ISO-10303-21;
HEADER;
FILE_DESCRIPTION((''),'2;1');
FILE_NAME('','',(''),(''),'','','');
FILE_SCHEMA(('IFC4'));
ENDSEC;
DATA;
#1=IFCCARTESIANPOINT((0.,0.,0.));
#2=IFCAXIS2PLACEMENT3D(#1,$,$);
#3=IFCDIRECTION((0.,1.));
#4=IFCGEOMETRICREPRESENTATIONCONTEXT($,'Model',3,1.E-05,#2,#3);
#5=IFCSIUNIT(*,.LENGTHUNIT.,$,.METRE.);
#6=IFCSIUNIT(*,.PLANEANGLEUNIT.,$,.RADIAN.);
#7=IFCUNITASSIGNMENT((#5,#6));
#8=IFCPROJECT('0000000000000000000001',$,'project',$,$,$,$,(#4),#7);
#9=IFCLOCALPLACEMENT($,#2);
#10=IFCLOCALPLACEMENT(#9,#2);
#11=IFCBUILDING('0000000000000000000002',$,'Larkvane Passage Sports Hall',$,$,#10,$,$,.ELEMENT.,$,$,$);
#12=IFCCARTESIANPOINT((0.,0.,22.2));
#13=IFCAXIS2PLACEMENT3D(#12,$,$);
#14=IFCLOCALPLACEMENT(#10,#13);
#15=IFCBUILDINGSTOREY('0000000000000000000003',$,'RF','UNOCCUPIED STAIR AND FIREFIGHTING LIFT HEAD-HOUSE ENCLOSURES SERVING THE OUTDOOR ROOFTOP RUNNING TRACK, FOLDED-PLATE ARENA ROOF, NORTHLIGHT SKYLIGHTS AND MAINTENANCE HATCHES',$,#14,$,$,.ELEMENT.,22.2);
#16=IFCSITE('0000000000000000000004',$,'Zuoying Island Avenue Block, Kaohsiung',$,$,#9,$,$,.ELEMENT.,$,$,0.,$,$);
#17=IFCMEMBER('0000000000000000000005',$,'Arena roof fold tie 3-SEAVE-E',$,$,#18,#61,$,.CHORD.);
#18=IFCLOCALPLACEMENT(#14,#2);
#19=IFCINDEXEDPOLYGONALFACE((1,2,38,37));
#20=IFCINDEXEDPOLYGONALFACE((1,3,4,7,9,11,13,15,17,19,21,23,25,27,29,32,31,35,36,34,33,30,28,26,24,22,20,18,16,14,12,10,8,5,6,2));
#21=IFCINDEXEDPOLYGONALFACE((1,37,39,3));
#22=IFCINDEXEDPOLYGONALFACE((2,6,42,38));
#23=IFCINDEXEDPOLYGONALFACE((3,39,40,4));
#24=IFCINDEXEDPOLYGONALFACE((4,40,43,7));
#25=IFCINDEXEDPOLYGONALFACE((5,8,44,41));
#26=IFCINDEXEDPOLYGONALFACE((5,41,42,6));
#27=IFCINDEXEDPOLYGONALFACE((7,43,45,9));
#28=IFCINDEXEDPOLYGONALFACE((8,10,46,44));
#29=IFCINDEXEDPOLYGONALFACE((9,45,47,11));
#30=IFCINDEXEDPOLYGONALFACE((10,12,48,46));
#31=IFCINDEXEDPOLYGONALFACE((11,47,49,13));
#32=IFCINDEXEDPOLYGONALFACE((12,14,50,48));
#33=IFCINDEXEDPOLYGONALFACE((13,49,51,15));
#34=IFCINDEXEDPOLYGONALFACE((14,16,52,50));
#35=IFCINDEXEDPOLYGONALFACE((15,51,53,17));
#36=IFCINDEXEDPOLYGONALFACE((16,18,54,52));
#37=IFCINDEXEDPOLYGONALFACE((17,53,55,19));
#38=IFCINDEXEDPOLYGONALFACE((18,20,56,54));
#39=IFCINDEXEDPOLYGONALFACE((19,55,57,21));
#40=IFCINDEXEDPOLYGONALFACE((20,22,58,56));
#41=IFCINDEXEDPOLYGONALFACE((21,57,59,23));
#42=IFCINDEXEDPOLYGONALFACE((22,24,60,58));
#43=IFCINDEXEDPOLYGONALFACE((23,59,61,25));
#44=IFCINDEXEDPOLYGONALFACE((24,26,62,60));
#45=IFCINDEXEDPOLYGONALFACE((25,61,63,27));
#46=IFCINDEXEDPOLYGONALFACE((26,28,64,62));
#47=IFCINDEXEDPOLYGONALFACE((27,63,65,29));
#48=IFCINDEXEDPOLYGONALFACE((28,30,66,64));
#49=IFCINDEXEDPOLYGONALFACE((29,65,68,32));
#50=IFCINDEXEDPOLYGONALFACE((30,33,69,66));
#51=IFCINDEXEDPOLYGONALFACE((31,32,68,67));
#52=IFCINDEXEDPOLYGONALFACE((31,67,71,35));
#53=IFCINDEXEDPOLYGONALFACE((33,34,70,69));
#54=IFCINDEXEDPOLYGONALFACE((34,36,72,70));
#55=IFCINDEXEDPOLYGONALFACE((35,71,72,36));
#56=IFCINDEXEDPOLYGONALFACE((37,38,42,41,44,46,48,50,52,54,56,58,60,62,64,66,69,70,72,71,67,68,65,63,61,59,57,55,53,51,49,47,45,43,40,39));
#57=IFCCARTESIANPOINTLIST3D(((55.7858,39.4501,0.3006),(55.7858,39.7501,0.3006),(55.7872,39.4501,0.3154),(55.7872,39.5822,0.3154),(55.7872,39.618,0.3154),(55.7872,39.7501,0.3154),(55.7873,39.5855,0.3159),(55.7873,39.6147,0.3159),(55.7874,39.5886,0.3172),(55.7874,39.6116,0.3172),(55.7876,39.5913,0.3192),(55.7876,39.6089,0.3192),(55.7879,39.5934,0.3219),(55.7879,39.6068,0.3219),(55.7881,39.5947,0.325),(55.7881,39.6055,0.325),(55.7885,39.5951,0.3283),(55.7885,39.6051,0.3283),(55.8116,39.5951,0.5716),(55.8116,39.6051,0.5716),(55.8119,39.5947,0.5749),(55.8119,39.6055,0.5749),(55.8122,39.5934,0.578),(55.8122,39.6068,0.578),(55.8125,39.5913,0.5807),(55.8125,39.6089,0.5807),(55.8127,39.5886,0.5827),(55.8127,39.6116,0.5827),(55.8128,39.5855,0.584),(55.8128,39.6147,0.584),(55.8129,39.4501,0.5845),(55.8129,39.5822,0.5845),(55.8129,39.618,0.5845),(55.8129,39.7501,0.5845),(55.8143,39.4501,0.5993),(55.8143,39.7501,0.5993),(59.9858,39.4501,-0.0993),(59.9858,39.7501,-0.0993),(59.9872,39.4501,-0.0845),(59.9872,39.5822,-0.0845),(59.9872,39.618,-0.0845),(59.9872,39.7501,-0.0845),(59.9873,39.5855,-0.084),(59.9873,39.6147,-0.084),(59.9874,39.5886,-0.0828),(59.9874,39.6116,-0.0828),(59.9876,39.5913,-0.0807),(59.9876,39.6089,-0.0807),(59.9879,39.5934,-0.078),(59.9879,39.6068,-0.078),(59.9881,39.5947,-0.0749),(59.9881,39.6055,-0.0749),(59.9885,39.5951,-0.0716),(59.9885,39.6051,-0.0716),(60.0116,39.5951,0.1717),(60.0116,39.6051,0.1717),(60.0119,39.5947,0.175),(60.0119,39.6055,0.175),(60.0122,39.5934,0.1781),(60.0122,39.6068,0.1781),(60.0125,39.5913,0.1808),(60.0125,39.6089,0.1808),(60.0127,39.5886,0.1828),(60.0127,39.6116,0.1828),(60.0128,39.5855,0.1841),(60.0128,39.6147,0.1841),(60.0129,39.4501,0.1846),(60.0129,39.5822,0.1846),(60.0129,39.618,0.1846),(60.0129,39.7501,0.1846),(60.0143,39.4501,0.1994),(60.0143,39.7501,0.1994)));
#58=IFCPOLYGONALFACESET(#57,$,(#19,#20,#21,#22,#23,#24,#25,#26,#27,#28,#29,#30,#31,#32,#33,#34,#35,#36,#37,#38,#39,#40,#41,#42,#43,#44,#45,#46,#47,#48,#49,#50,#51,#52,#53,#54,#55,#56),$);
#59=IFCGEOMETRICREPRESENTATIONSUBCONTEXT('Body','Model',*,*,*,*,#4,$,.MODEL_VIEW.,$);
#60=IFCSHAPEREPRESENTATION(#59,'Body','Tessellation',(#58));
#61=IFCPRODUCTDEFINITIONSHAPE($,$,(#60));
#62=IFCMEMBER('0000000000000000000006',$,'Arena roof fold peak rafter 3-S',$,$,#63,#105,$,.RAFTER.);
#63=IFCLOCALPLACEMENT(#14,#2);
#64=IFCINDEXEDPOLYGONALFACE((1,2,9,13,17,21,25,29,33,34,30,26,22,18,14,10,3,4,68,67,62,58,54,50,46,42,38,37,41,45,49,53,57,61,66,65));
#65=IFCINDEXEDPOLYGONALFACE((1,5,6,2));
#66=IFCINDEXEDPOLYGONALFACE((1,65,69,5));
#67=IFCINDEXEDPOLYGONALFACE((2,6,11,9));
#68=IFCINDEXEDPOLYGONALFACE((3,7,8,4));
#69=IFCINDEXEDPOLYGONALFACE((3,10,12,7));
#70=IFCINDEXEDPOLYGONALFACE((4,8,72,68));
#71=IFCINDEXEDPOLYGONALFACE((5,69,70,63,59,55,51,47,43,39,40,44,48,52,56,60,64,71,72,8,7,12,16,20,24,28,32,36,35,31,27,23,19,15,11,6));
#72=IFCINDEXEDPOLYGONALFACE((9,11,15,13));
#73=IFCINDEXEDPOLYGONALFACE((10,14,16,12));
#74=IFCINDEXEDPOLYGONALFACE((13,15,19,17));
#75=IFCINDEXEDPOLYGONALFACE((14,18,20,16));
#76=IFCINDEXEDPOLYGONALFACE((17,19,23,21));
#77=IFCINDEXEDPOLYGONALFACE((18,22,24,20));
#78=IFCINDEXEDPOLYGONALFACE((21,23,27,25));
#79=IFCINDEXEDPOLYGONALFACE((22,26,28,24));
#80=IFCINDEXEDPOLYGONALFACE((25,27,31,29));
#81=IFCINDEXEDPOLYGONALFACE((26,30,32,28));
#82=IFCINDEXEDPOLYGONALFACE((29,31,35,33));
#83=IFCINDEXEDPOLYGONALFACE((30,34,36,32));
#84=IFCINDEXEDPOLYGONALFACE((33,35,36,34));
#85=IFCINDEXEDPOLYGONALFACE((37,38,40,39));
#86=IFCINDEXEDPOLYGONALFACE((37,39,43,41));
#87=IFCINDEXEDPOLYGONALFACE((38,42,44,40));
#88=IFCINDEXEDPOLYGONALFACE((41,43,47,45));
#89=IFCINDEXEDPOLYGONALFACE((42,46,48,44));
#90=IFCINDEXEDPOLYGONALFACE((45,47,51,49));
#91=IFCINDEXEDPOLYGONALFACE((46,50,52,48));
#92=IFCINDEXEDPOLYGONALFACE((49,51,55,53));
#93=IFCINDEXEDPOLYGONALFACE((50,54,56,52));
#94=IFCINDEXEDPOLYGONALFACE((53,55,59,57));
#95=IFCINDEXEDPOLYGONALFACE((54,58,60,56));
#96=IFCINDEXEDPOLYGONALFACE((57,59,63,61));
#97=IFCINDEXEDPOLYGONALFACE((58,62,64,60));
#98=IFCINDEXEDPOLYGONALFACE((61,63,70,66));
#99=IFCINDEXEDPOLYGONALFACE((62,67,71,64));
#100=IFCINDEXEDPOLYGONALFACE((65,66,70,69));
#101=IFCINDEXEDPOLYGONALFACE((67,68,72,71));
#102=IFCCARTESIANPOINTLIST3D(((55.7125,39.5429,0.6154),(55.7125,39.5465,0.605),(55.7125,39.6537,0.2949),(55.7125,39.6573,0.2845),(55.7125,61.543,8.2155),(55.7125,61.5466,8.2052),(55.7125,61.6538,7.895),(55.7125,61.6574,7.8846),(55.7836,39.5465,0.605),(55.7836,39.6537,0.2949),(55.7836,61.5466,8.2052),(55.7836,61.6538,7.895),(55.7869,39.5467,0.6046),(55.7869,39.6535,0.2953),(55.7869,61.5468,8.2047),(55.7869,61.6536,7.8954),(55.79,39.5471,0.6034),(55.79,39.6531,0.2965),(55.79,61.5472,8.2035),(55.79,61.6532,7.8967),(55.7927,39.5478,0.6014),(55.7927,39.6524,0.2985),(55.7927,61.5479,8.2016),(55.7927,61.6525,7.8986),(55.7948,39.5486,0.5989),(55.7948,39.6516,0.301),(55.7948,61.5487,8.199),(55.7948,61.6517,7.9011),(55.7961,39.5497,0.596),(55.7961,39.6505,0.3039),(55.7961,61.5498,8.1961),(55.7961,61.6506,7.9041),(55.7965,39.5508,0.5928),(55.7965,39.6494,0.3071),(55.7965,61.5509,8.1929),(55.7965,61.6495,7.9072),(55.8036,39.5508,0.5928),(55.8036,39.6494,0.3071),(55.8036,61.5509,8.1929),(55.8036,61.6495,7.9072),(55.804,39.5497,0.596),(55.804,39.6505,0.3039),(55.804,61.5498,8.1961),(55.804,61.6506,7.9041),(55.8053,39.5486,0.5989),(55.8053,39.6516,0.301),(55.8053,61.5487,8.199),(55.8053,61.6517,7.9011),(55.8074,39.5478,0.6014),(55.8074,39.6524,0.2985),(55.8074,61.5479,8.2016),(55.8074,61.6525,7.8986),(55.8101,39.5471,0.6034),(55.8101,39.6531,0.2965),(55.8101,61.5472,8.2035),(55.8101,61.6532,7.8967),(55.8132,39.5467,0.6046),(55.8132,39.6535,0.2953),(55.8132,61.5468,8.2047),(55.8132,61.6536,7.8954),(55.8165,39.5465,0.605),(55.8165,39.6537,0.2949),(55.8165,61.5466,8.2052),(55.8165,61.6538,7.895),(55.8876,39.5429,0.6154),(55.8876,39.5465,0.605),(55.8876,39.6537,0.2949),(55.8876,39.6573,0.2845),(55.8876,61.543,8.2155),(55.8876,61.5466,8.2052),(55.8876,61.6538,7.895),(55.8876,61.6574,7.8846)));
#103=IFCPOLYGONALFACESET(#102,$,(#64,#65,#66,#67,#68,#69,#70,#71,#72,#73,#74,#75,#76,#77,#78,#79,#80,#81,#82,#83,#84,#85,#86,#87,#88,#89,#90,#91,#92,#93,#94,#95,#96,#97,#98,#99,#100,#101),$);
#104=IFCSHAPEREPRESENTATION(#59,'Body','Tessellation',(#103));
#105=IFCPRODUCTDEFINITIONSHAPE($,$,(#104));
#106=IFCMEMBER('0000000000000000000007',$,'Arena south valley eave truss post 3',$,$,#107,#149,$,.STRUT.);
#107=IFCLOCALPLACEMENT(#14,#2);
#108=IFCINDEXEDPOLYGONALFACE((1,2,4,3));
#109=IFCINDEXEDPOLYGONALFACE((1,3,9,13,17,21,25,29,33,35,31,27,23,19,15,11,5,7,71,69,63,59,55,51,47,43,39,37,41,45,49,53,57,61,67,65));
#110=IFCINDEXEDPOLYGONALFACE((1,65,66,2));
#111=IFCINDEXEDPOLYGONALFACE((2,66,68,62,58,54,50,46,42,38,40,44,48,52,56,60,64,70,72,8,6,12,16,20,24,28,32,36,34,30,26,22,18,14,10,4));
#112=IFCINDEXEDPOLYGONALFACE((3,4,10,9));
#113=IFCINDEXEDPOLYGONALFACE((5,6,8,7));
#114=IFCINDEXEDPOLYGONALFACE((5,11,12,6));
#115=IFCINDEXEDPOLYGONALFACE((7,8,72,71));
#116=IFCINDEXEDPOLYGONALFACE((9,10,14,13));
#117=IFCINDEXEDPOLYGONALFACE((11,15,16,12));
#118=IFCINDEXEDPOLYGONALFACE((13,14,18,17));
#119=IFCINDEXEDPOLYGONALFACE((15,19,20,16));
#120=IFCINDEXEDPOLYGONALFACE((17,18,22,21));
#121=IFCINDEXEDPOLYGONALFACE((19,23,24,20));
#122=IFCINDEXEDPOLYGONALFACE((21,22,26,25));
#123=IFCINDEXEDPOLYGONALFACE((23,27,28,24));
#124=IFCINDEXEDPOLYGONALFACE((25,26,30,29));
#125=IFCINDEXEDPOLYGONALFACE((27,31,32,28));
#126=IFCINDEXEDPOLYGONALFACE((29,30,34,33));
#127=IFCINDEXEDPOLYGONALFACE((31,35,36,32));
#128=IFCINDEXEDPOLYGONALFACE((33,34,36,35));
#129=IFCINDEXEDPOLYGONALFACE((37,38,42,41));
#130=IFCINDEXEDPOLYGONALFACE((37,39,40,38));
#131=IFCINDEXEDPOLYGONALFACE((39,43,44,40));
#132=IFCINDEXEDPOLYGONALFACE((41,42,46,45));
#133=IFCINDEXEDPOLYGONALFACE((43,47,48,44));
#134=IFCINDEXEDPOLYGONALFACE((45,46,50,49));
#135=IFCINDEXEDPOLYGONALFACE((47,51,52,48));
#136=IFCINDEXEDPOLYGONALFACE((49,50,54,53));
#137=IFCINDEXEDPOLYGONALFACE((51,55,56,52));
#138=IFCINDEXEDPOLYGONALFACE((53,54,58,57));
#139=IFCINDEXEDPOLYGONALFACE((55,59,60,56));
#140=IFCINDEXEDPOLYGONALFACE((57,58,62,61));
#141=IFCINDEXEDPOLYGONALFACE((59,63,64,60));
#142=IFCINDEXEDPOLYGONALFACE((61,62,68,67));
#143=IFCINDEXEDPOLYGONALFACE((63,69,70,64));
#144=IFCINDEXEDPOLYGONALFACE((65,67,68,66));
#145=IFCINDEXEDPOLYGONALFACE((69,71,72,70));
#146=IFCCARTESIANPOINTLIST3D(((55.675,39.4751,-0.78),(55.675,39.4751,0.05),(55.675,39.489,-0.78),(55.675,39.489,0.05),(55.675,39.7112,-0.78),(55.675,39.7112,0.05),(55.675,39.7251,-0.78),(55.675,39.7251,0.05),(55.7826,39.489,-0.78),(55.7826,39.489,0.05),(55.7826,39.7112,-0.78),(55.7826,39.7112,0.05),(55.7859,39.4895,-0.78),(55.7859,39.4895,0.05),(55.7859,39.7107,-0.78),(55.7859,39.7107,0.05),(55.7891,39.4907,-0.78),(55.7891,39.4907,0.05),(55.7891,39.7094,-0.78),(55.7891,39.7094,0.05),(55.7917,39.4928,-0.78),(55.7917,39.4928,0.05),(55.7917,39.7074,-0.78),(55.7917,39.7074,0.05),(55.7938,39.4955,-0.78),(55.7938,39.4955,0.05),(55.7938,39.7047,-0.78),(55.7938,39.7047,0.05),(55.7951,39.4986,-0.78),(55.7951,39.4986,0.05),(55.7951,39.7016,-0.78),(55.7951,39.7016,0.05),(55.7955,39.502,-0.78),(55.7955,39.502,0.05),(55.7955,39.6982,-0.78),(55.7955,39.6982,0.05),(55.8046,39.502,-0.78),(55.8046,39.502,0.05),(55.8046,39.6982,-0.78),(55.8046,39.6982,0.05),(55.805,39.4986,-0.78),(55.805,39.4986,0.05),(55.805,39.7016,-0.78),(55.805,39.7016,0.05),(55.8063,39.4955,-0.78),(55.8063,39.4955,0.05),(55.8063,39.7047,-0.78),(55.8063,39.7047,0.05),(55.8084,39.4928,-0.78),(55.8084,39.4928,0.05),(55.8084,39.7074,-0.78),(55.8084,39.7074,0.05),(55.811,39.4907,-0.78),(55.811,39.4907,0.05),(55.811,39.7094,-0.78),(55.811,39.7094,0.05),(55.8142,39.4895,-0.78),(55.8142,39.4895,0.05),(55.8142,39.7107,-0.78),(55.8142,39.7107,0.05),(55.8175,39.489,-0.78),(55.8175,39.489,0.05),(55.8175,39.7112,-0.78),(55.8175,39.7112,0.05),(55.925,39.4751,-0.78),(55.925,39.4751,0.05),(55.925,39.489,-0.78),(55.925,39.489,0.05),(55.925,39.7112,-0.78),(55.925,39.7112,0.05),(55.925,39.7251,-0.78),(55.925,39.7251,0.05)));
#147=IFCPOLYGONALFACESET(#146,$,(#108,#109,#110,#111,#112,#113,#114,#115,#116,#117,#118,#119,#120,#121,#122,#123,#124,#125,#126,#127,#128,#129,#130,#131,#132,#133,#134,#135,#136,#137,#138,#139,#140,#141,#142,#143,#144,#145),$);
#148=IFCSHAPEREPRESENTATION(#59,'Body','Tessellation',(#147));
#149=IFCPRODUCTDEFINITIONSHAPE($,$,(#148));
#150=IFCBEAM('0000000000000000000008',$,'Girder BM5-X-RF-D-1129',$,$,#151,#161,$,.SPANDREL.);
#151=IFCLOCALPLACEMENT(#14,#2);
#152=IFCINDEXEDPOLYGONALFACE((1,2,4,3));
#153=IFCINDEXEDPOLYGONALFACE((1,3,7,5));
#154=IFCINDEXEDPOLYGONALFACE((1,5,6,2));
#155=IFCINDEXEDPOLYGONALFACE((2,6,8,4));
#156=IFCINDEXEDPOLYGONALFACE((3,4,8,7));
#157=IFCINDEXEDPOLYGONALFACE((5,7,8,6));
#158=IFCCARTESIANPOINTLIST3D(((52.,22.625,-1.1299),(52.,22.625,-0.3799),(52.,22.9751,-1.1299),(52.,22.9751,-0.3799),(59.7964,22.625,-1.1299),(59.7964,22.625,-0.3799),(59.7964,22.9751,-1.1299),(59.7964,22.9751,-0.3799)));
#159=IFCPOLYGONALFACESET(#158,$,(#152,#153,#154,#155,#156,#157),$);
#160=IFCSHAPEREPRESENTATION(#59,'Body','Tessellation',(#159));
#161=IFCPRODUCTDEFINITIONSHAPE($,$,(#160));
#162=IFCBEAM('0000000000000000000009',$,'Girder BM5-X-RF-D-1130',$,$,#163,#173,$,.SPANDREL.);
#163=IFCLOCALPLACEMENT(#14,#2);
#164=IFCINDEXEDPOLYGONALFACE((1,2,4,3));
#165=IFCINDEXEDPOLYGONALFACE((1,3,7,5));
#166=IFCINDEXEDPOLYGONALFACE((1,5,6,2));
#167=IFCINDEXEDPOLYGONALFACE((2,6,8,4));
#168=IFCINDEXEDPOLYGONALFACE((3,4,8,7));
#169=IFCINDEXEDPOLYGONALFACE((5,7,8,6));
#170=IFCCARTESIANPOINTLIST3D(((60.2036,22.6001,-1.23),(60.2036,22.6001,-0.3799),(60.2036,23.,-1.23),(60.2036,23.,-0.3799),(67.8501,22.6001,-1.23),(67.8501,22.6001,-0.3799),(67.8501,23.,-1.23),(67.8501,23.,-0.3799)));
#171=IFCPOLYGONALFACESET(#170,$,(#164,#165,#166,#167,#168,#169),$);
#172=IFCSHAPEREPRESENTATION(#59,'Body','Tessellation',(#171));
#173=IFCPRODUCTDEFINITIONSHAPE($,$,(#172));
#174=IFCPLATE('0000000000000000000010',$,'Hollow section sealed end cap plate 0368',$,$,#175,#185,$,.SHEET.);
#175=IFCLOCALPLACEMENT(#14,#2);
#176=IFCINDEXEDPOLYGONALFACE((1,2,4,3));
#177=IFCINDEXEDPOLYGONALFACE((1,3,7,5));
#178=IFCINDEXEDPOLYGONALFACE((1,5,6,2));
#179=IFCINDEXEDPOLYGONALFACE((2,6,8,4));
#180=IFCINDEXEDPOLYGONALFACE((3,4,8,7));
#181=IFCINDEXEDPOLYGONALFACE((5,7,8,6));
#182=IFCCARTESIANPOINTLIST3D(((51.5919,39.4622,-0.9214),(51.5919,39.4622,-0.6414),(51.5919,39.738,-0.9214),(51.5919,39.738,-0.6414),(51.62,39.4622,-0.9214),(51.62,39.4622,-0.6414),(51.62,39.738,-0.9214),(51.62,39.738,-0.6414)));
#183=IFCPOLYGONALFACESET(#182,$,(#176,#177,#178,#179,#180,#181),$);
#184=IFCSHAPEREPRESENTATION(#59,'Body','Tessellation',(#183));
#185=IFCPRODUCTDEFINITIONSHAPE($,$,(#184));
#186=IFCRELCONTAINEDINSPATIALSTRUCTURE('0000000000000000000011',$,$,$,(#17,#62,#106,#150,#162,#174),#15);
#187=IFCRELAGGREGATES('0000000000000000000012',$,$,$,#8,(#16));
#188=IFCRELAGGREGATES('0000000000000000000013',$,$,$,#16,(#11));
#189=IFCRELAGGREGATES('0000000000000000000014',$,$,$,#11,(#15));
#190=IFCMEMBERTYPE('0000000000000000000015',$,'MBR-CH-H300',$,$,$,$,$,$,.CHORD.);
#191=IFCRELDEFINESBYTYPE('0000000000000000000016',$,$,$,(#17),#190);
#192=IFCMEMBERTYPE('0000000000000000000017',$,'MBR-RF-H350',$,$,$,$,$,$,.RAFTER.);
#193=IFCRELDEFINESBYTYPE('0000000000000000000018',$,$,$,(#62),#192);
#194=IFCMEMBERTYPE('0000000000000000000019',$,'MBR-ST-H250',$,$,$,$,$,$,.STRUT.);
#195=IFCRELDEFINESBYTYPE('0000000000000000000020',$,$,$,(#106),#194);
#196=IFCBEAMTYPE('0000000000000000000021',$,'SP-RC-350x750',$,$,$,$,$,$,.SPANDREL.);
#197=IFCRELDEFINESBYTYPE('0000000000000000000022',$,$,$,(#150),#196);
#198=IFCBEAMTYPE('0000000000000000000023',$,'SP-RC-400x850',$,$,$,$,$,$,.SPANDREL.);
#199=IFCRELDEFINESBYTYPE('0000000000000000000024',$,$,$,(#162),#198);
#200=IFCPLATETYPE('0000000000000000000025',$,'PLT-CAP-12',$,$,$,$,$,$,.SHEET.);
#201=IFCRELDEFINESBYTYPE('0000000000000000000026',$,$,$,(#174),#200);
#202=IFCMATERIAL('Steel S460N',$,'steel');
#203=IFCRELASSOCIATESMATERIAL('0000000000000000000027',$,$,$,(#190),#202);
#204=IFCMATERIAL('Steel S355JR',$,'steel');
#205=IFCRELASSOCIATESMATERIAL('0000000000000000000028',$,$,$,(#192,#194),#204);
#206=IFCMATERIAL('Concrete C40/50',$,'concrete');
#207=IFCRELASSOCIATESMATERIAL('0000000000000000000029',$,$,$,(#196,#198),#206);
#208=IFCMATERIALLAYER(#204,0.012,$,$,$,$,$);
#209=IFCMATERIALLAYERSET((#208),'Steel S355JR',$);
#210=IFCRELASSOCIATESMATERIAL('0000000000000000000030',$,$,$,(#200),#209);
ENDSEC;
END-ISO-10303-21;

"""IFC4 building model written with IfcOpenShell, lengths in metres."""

from ifc_helpers import new_model, si_unit, direction, frame, origin, origin_2d, place, context, subcontext, project, spatial, rectangle, i_section, extrude, material, layer, layer_set, material_profile, profile_set, type_object, element, save


model = new_model("IFC4")

# Units and contexts
model_context = context("Model", 3, precision=1e-05, world=origin(), true_north=direction((0.0, 1.0)))
body_context = subcontext(model_context, "Body", "Model", "MODEL_VIEW")
ifc_project = project(units=[si_unit("LENGTHUNIT", "METRE"), si_unit("PLANEANGLEUNIT", "RADIAN")], contexts=[model_context])

# Site, building, storey
site_placement = place(None, origin())
site = spatial("IfcSite", under=ifc_project, at=site_placement, Name="Zuoying Island Avenue Block, Kaohsiung", CompositionType="ELEMENT", RefElevation=0.0)
building_placement = place(site_placement, origin())
building = spatial("IfcBuilding", under=site, at=building_placement, Name="Larkvane Passage Sports Hall", CompositionType="ELEMENT")
storey_placement = place(building_placement, frame((0.0, 0.0, 22.2)))
storey = spatial("IfcBuildingStorey", under=building, at=storey_placement, Name="RF", Description="UNOCCUPIED STAIR AND FIREFIGHTING LIFT HEAD-HOUSE ENCLOSURES SERVING THE OUTDOOR ROOFTOP RUNNING TRACK, FOLDED-PLATE ARENA ROOF, NORTHLIGHT SKYLIGHTS AND MAINTENANCE HATCHES", CompositionType="ELEMENT", Elevation=22.2)

# Shared definitions
ifc_material_1 = material(Name="Steel S355JR", Category="steel")
ifc_material_2 = material(Name="Steel S460N", Category="steel")

# Members
ifc_material_profile_1 = material_profile(ifc_material_2, i_section(OverallWidth=0.3, OverallDepth=0.3, WebThickness=0.01, FlangeThickness=0.0149, FilletRadius=0.0129, at=origin_2d()), Name="H-300x300x10x15")
ifc_profile_set_1 = profile_set([ifc_material_profile_1], Name="Steel S460N")
member_type_1 = type_object("IfcMemberType", Name="MBR-CH-H300", PredefinedType="CHORD", material=ifc_profile_set_1)
member_1_placement = place(storey_placement, frame((55.8, 39.6001, 0.45), z_axis=(0.995498, 0.0, -0.094787), x_axis=(0.0, 1.0, 0.0)))
element("IfcMember", 1, at=member_1_placement, inside=storey, type_object=member_type_1, Name="Arena roof fold tie 3-SEAVE-E", PredefinedType="CHORD", context=body_context, shape_type="SweptSolid", body=[
    extrude(i_section(OverallWidth=0.3, OverallDepth=0.3, WebThickness=0.01, FlangeThickness=0.0149, FilletRadius=0.0129, at=origin_2d()), origin(), (0.0, 0.0, 1.0), 4.219),
])
ifc_material_profile_2 = material_profile(ifc_material_1, i_section(OverallWidth=0.175, OverallDepth=0.3501, WebThickness=0.0071, FlangeThickness=0.011, FilletRadius=0.0129, at=origin_2d()), Name="H-350x175x7x11")
ifc_profile_set_2 = profile_set([ifc_material_profile_2], Name="Steel S355JR")
member_type_2 = type_object("IfcMemberType", Name="MBR-RF-H350", PredefinedType="RAFTER", material=ifc_profile_set_2)
member_2_placement = place(storey_placement, frame((55.8, 39.6001, 0.45), z_axis=(0.0, 0.945189, 0.326524), x_axis=(-1.0, 0.0, 0.0)))
element("IfcMember", 2, at=member_2_placement, inside=storey, type_object=member_type_2, Name="Arena roof fold peak rafter 3-S", PredefinedType="RAFTER", context=body_context, shape_type="SweptSolid", body=[
    extrude(i_section(OverallWidth=0.175, OverallDepth=0.3501, WebThickness=0.0071, FlangeThickness=0.011, FilletRadius=0.0129, at=origin_2d()), origin(), (0.0, 0.0, 1.0), 23.2759),
])
ifc_material_profile_3 = material_profile(ifc_material_1, i_section(OverallWidth=0.25, OverallDepth=0.25, WebThickness=0.009, FlangeThickness=0.0139, FilletRadius=0.0129, at=origin_2d()), Name="H-250x250x9x14")
ifc_profile_set_3 = profile_set([ifc_material_profile_3], Name="Steel S355JR")
member_type_3 = type_object("IfcMemberType", Name="MBR-ST-H250", PredefinedType="STRUT", material=ifc_profile_set_3)
member_3_placement = place(storey_placement, frame((55.8, 39.6001, -0.78), z_axis=(0.0, 0.0, 1.0), x_axis=(1.0, 0.0, 0.0)))
element("IfcMember", 3, at=member_3_placement, inside=storey, type_object=member_type_3, Name="Arena south valley eave truss post 3", PredefinedType="STRUT", context=body_context, shape_type="SweptSolid", body=[
    extrude(i_section(OverallWidth=0.25, OverallDepth=0.25, WebThickness=0.009, FlangeThickness=0.0139, FilletRadius=0.0129, at=origin_2d()), origin(), (0.0, 0.0, 1.0), 0.8301),
])

# Beams
ifc_material_3 = material(Name="Concrete C40/50", Category="concrete")
ifc_material_profile_4 = material_profile(ifc_material_3, rectangle(XDim=0.3501, YDim=0.75, at=origin_2d()), Name="RC-SP-350x750")
ifc_profile_set_4 = profile_set([ifc_material_profile_4], Name="Concrete C40/50")
beam_type_1 = type_object("IfcBeamType", Name="SP-RC-350x750", PredefinedType="SPANDREL", material=ifc_profile_set_4)
beam_1_placement = place(storey_placement, frame((52.0, 22.8, -0.7549), z_axis=(1.0, 0.0, 0.0), x_axis=(0.0, 1.0, 0.0)))
element("IfcBeam", 4, at=beam_1_placement, inside=storey, type_object=beam_type_1, Name="Girder BM5-X-RF-D-1129", PredefinedType="SPANDREL", context=body_context, shape_type="SweptSolid", body=[
    extrude(rectangle(XDim=0.3501, YDim=0.75, at=origin_2d()), origin(), (0.0, 0.0, 1.0), 7.7964),
])
ifc_material_profile_5 = material_profile(ifc_material_3, rectangle(XDim=0.3999, YDim=0.8501, at=origin_2d()), Name="RC-SP-400x850")
ifc_profile_set_5 = profile_set([ifc_material_profile_5], Name="Concrete C40/50")
beam_type_2 = type_object("IfcBeamType", Name="SP-RC-400x850", PredefinedType="SPANDREL", material=ifc_profile_set_5)
beam_2_placement = place(storey_placement, frame((60.2036, 22.8, -0.8049), z_axis=(1.0, 0.0, 0.0), x_axis=(0.0, 1.0, 0.0)))
element("IfcBeam", 5, at=beam_2_placement, inside=storey, type_object=beam_type_2, Name="Girder BM5-X-RF-D-1130", PredefinedType="SPANDREL", context=body_context, shape_type="SweptSolid", body=[
    extrude(rectangle(XDim=0.3999, YDim=0.8501, at=origin_2d()), origin(), (0.0, 0.0, 1.0), 7.6465),
])

# Plate
ifc_layer_1 = layer(ifc_material_1, 0.012)
ifc_layer_set_1 = layer_set([ifc_layer_1], Name="Steel S355JR")
plate_type_1 = type_object("IfcPlateType", Name="PLT-CAP-12", PredefinedType="SHEET", material=ifc_layer_set_1)
plate_1_placement = place(storey_placement, frame((51.606, 39.6001, -0.9214), z_axis=(0.0, 0.0, 1.0), x_axis=(0.0, 1.0, 0.0)))
element("IfcPlate", 6, at=plate_1_placement, inside=storey, type_object=plate_type_1, Name="Hollow section sealed end cap plate 0368", PredefinedType="SHEET", context=body_context, shape_type="SweptSolid", body=[
    extrude(rectangle(XDim=0.2759, YDim=0.0281, at=origin_2d()), origin(), (0.0, 0.0, 1.0), 0.28),
])

save(model, "model.ifc")
